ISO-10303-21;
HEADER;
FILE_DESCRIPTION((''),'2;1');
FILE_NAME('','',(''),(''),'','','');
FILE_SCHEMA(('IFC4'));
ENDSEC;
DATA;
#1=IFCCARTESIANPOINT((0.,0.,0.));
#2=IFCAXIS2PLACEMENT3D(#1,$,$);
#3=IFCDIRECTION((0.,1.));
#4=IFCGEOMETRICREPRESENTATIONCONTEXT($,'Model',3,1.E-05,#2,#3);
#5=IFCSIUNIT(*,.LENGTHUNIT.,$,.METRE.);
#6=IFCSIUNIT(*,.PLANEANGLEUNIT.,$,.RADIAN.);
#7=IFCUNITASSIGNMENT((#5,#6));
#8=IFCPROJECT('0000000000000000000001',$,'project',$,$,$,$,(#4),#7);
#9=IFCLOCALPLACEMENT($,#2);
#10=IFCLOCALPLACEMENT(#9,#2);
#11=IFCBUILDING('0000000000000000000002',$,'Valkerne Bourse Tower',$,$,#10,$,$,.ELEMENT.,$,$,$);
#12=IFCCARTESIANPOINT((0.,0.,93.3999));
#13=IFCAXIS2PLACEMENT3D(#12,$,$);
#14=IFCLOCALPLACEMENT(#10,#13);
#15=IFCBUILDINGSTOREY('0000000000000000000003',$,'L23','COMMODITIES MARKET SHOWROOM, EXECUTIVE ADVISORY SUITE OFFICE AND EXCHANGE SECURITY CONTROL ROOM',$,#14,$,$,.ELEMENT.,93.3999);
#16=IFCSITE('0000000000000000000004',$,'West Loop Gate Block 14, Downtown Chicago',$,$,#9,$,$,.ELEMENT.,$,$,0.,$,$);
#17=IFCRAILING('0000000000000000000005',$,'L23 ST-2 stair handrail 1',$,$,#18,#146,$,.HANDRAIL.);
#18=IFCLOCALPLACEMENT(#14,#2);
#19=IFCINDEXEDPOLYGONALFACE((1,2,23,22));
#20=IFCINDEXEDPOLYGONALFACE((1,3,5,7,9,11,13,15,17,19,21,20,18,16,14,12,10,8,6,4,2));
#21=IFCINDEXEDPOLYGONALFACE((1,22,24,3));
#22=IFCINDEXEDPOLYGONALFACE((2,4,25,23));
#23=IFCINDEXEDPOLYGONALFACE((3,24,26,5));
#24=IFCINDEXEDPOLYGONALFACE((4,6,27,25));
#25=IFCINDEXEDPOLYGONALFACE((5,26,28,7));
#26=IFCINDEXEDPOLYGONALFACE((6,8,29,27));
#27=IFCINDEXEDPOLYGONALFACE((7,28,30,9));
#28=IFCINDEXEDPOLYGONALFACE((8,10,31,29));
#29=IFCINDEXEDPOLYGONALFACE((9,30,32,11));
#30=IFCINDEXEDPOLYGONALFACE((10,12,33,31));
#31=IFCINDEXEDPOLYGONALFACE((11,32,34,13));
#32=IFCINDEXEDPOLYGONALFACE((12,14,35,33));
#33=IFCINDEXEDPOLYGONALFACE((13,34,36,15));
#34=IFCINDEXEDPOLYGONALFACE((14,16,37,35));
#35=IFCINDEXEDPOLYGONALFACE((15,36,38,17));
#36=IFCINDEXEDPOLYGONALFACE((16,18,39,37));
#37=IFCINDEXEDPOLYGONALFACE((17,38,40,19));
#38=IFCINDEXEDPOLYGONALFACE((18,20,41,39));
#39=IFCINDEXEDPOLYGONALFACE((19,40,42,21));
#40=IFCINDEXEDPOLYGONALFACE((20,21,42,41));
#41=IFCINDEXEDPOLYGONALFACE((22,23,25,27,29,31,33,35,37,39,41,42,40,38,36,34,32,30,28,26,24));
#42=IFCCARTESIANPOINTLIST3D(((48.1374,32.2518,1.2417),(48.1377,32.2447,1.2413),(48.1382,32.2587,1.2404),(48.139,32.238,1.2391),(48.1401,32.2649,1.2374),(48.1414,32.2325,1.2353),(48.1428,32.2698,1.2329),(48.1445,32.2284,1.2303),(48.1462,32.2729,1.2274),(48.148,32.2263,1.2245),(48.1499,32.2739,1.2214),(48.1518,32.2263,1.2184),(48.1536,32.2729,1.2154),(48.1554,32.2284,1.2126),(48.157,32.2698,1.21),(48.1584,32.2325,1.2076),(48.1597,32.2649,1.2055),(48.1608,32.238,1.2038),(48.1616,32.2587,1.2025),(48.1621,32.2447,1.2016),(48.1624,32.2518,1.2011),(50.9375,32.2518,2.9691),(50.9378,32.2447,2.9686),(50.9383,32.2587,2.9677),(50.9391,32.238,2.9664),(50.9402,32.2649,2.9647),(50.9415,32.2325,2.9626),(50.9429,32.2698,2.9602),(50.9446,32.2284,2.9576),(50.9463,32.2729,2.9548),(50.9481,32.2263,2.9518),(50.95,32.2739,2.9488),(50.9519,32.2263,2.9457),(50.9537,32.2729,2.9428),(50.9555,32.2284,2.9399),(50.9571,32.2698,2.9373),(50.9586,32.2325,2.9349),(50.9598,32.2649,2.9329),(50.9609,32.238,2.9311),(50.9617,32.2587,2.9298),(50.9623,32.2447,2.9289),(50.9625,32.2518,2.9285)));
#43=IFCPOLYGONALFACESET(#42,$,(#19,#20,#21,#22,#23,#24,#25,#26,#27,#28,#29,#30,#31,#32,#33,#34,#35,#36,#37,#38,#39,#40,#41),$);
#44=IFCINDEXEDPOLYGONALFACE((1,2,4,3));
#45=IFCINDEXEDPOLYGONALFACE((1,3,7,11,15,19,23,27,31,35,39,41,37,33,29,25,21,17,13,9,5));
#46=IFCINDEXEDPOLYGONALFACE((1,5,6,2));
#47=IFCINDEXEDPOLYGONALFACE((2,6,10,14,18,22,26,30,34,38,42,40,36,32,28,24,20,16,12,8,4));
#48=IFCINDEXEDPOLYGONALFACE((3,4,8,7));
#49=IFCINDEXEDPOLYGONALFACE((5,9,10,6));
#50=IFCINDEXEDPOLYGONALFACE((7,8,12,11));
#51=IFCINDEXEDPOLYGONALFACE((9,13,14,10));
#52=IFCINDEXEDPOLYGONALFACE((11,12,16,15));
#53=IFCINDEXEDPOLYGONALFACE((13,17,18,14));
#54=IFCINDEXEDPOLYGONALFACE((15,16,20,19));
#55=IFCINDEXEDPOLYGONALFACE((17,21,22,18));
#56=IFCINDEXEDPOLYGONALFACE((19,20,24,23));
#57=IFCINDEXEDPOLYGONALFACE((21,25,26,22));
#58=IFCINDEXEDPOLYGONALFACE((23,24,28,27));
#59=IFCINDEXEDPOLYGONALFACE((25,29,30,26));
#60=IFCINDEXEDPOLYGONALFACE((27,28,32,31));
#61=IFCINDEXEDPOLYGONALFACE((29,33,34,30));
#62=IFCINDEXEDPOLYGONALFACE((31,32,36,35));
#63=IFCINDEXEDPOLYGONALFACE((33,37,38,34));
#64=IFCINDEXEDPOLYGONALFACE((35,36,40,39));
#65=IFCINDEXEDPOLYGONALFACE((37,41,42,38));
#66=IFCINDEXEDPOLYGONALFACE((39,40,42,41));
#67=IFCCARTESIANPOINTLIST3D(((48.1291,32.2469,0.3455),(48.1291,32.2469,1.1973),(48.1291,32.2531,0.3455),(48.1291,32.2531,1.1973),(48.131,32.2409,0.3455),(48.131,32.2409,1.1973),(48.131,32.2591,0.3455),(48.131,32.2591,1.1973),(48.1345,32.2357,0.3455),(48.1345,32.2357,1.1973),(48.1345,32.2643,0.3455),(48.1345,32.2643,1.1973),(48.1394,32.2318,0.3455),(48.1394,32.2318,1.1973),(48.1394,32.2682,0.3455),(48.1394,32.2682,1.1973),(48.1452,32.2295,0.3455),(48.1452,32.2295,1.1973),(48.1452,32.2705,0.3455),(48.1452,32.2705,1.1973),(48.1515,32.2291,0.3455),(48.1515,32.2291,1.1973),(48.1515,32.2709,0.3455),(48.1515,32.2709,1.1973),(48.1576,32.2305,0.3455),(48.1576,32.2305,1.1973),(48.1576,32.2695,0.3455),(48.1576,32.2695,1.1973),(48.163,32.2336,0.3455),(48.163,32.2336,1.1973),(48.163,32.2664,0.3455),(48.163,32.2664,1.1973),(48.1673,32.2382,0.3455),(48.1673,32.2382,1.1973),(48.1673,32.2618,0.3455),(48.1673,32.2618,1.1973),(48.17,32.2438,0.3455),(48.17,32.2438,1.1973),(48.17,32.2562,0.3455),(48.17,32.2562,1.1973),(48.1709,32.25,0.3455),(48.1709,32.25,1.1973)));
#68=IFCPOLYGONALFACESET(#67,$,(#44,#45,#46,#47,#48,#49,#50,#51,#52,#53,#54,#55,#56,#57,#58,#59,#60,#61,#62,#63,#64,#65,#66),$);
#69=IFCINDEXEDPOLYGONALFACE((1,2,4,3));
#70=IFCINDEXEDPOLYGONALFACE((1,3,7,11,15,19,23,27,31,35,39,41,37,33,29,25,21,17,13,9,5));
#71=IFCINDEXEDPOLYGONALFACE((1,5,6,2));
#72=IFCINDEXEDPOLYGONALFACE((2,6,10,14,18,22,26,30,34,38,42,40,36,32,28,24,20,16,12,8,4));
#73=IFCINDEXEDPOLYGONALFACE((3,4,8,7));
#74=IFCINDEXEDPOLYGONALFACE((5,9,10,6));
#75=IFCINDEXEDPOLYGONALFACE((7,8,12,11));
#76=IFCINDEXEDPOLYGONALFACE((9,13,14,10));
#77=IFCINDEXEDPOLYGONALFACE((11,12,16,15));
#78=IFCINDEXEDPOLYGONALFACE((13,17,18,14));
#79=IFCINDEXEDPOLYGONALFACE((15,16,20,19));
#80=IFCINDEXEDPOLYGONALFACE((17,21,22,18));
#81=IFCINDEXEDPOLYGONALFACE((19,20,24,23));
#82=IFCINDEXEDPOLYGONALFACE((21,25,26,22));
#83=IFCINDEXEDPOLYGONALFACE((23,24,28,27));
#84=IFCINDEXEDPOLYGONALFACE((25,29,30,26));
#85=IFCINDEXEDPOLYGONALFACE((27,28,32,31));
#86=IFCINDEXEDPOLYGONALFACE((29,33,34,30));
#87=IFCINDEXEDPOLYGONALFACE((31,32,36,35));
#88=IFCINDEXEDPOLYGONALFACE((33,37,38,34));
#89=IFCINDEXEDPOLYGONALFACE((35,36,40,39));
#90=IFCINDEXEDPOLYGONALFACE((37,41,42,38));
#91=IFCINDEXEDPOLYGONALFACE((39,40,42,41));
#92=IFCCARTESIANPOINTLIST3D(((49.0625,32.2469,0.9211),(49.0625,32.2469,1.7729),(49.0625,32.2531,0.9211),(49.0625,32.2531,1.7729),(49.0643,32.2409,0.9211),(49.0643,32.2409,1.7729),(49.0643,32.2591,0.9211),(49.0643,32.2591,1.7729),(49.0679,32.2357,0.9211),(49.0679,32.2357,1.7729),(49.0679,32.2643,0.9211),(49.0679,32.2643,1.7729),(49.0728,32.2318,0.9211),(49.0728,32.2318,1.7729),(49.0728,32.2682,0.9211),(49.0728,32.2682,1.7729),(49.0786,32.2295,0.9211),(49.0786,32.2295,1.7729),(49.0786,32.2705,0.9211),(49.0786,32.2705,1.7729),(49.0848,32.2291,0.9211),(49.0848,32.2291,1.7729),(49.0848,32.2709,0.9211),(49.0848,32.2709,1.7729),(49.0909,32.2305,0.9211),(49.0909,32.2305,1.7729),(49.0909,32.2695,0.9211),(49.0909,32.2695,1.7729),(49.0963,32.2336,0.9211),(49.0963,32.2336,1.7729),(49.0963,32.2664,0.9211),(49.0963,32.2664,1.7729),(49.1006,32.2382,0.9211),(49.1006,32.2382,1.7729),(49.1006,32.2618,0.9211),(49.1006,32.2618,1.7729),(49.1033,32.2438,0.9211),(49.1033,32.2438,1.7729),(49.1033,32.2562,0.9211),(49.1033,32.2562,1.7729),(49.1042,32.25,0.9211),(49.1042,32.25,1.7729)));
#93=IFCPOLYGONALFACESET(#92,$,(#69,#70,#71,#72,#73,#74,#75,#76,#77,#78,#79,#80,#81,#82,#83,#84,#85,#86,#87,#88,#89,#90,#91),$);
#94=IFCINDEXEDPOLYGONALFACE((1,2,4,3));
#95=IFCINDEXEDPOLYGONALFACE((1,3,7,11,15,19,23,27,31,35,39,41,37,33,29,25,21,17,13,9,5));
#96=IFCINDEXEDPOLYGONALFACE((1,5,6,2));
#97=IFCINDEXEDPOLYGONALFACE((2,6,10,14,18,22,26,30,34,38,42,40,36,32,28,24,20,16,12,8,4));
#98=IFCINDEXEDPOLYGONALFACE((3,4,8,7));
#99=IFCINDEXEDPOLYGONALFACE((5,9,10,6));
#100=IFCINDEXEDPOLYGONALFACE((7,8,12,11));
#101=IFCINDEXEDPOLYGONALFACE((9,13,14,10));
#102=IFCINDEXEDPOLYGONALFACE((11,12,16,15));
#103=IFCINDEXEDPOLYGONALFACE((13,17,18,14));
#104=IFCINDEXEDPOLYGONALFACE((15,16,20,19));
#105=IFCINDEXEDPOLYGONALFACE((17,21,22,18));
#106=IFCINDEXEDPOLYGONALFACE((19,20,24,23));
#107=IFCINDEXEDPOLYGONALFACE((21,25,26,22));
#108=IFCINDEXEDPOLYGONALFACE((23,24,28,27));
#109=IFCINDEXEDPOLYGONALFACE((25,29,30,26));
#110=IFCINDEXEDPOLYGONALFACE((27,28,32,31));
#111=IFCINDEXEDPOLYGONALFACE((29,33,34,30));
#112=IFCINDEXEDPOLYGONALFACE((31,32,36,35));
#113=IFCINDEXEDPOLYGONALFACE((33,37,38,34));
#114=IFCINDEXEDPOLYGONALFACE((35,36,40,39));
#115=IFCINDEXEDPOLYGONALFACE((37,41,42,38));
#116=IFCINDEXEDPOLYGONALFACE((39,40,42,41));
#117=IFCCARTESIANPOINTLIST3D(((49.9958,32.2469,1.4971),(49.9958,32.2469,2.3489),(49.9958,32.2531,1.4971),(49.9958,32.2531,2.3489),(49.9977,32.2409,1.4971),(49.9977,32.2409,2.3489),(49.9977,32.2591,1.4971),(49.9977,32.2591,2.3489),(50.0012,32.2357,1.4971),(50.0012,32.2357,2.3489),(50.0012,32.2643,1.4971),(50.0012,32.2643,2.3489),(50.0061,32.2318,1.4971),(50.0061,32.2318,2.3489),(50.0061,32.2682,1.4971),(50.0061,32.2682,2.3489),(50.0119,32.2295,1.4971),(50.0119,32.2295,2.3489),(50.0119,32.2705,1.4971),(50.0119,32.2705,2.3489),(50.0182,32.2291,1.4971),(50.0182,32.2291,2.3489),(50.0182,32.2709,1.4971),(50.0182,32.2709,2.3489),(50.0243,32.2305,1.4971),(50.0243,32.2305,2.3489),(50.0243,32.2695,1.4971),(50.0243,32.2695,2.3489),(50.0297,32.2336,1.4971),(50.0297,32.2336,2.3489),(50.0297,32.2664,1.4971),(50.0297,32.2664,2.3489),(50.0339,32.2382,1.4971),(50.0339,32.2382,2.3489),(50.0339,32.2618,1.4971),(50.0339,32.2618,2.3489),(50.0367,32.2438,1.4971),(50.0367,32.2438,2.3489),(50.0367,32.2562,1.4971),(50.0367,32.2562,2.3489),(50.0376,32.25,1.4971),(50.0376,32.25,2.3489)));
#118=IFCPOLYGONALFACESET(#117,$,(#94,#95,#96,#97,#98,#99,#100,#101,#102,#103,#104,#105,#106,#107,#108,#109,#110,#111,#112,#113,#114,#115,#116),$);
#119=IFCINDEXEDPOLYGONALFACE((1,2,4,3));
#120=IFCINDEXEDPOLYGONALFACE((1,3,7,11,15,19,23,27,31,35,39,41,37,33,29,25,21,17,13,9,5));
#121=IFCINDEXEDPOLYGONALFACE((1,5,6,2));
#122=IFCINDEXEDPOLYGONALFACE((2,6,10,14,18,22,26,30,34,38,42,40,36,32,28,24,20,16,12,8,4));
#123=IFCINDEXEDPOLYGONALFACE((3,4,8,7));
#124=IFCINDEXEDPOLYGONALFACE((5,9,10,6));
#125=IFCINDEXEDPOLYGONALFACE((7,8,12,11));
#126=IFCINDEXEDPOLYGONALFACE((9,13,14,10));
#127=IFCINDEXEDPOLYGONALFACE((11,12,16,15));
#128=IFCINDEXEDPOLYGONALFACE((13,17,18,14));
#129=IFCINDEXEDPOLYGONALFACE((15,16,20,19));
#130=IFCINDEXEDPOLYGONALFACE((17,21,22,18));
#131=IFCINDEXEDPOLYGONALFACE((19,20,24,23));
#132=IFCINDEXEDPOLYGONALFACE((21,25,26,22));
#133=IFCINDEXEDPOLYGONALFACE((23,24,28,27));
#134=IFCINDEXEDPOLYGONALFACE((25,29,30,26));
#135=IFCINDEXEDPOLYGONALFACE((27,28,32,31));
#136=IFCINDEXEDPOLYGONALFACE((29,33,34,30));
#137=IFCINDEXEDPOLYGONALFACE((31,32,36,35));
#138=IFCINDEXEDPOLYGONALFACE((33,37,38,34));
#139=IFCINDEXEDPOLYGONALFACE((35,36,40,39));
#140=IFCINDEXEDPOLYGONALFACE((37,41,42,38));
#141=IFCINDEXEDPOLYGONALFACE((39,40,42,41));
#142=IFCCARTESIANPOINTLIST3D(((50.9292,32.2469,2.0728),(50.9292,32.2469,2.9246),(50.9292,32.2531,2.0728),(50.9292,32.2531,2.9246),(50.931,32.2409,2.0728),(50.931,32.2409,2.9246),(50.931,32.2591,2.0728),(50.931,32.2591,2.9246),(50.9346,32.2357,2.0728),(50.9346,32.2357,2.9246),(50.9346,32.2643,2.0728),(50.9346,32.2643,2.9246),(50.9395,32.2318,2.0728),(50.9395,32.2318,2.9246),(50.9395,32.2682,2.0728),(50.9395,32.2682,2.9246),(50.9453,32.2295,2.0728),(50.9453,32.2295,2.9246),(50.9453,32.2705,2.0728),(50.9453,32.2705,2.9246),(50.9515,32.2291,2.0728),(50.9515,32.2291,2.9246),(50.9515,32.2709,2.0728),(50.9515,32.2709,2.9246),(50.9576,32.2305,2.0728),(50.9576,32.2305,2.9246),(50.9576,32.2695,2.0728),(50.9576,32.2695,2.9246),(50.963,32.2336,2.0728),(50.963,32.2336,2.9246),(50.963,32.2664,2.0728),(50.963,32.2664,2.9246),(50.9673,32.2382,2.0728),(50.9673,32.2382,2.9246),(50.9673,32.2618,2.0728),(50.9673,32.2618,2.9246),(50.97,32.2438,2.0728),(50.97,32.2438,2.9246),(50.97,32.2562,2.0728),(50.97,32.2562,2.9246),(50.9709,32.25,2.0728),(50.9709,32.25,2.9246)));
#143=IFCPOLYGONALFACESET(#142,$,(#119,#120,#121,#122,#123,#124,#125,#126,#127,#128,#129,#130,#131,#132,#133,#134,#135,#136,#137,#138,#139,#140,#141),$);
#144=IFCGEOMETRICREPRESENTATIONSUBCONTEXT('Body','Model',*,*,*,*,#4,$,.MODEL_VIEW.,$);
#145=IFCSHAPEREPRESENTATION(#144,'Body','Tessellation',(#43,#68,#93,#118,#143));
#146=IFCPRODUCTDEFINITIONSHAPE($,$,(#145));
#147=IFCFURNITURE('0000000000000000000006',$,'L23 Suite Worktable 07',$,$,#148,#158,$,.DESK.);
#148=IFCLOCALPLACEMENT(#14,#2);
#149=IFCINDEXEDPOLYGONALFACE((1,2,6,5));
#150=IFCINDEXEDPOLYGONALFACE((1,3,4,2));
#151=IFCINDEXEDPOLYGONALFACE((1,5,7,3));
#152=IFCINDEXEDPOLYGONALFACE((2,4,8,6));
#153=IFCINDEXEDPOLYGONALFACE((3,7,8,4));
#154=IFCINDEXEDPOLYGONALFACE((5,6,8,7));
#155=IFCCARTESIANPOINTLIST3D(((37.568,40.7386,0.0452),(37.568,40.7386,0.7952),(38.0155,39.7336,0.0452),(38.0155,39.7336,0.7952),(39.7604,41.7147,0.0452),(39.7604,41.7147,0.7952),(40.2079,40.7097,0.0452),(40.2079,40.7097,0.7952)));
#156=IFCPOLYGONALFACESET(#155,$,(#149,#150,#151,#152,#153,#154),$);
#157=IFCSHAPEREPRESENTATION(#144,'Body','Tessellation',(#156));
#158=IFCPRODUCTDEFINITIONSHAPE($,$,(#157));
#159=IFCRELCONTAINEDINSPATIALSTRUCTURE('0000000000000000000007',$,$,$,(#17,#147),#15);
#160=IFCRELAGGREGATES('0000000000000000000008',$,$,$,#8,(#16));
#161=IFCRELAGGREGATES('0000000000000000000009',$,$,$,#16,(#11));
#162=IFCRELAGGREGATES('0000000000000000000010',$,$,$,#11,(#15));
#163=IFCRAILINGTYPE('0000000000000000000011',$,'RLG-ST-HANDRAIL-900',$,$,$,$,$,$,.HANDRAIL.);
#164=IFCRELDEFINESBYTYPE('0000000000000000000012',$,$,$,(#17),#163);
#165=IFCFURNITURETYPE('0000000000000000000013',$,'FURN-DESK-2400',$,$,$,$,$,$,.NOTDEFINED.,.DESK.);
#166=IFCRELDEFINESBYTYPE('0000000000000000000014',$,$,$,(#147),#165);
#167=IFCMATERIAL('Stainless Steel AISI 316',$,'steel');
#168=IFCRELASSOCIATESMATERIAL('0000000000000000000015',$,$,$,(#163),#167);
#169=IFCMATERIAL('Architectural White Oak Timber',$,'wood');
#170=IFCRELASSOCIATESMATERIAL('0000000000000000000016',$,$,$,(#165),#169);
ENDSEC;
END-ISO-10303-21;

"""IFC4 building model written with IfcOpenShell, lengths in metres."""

from ifc_helpers import new_model, si_unit, direction, frame, origin, origin_2d, place, context, subcontext, project, spatial, rectangle, circle, extrude, material, type_object, element, save


model = new_model("IFC4")

# Units and contexts
model_context = context("Model", 3, precision=1e-05, world=origin(), true_north=direction((0.0, 1.0)))
body_context = subcontext(model_context, "Body", "Model", "MODEL_VIEW")
ifc_project = project(units=[si_unit("LENGTHUNIT", "METRE"), si_unit("PLANEANGLEUNIT", "RADIAN")], contexts=[model_context])

# Site, building, storey
site_placement = place(None, origin())
site = spatial("IfcSite", under=ifc_project, at=site_placement, Name="West Loop Gate Block 14, Downtown Chicago", CompositionType="ELEMENT", RefElevation=0.0)
building_placement = place(site_placement, origin())
building = spatial("IfcBuilding", under=site, at=building_placement, Name="Valkerne Bourse Tower", CompositionType="ELEMENT")
storey_placement = place(building_placement, frame((0.0, 0.0, 93.3999)))
storey = spatial("IfcBuildingStorey", under=building, at=storey_placement, Name="L23", Description="COMMODITIES MARKET SHOWROOM, EXECUTIVE ADVISORY SUITE OFFICE AND EXCHANGE SECURITY CONTROL ROOM", CompositionType="ELEMENT", Elevation=93.3999)

# Railing
ifc_material_1 = material(Name="Stainless Steel AISI 316", Category="steel")
railing_type_1 = type_object("IfcRailingType", Name="RLG-ST-HANDRAIL-900", PredefinedType="HANDRAIL", material=ifc_material_1)
railing_1_placement = place(storey_placement, frame((48.1499, 32.25, 0.3455)))
element("IfcRailing", 1, at=railing_1_placement, inside=storey, type_object=railing_type_1, Name="L23 ST-2 stair handrail 1", PredefinedType="HANDRAIL", context=body_context, shape_type="SweptSolid", body=[
    extrude(circle(Radius=0.0239, at=origin_2d()), frame((0.0, 0.0, 0.876), z_axis=(0.85109, 0.0, 0.52502), x_axis=(0.0, 1.0, 0.0)), (0.0, 0.0, 1.0), 3.29),
    extrude(circle(Radius=0.021, at=origin_2d()), origin(), (0.0, 0.0, 1.0), 0.8518),
    extrude(circle(Radius=0.021, at=origin_2d()), frame((0.9333, 0.0, 0.5757)), (0.0, 0.0, 1.0), 0.8518),
    extrude(circle(Radius=0.021, at=origin_2d()), frame((1.8667, 0.0, 1.1516)), (0.0, 0.0, 1.0), 0.8518),
    extrude(circle(Radius=0.021, at=origin_2d()), frame((2.8, 0.0, 1.7273)), (0.0, 0.0, 1.0), 0.8518),
])

# Furniture
ifc_material_2 = material(Name="Architectural White Oak Timber", Category="wood")
furniture_type = type_object("IfcFurnitureType", Name="FURN-DESK-2400", AssemblyPlace="NOTDEFINED", PredefinedType="DESK", material=ifc_material_2)
furniture_placement = place(storey_placement, frame((38.8879, 40.7241, 0.0452), z_axis=(0.0, 0.0, 1.0), x_axis=(0.913545, 0.406737, 0.0)))
element("IfcFurniture", 2, at=furniture_placement, inside=storey, type_object=furniture_type, Name="L23 Suite Worktable 07", PredefinedType="DESK", context=body_context, shape_type="SweptSolid", body=[
    extrude(rectangle(XDim=2.3999, YDim=1.1001, at=origin_2d()), origin(), (0.0, 0.0, 1.0), 0.75),
])

save(model, "model.ifc")
